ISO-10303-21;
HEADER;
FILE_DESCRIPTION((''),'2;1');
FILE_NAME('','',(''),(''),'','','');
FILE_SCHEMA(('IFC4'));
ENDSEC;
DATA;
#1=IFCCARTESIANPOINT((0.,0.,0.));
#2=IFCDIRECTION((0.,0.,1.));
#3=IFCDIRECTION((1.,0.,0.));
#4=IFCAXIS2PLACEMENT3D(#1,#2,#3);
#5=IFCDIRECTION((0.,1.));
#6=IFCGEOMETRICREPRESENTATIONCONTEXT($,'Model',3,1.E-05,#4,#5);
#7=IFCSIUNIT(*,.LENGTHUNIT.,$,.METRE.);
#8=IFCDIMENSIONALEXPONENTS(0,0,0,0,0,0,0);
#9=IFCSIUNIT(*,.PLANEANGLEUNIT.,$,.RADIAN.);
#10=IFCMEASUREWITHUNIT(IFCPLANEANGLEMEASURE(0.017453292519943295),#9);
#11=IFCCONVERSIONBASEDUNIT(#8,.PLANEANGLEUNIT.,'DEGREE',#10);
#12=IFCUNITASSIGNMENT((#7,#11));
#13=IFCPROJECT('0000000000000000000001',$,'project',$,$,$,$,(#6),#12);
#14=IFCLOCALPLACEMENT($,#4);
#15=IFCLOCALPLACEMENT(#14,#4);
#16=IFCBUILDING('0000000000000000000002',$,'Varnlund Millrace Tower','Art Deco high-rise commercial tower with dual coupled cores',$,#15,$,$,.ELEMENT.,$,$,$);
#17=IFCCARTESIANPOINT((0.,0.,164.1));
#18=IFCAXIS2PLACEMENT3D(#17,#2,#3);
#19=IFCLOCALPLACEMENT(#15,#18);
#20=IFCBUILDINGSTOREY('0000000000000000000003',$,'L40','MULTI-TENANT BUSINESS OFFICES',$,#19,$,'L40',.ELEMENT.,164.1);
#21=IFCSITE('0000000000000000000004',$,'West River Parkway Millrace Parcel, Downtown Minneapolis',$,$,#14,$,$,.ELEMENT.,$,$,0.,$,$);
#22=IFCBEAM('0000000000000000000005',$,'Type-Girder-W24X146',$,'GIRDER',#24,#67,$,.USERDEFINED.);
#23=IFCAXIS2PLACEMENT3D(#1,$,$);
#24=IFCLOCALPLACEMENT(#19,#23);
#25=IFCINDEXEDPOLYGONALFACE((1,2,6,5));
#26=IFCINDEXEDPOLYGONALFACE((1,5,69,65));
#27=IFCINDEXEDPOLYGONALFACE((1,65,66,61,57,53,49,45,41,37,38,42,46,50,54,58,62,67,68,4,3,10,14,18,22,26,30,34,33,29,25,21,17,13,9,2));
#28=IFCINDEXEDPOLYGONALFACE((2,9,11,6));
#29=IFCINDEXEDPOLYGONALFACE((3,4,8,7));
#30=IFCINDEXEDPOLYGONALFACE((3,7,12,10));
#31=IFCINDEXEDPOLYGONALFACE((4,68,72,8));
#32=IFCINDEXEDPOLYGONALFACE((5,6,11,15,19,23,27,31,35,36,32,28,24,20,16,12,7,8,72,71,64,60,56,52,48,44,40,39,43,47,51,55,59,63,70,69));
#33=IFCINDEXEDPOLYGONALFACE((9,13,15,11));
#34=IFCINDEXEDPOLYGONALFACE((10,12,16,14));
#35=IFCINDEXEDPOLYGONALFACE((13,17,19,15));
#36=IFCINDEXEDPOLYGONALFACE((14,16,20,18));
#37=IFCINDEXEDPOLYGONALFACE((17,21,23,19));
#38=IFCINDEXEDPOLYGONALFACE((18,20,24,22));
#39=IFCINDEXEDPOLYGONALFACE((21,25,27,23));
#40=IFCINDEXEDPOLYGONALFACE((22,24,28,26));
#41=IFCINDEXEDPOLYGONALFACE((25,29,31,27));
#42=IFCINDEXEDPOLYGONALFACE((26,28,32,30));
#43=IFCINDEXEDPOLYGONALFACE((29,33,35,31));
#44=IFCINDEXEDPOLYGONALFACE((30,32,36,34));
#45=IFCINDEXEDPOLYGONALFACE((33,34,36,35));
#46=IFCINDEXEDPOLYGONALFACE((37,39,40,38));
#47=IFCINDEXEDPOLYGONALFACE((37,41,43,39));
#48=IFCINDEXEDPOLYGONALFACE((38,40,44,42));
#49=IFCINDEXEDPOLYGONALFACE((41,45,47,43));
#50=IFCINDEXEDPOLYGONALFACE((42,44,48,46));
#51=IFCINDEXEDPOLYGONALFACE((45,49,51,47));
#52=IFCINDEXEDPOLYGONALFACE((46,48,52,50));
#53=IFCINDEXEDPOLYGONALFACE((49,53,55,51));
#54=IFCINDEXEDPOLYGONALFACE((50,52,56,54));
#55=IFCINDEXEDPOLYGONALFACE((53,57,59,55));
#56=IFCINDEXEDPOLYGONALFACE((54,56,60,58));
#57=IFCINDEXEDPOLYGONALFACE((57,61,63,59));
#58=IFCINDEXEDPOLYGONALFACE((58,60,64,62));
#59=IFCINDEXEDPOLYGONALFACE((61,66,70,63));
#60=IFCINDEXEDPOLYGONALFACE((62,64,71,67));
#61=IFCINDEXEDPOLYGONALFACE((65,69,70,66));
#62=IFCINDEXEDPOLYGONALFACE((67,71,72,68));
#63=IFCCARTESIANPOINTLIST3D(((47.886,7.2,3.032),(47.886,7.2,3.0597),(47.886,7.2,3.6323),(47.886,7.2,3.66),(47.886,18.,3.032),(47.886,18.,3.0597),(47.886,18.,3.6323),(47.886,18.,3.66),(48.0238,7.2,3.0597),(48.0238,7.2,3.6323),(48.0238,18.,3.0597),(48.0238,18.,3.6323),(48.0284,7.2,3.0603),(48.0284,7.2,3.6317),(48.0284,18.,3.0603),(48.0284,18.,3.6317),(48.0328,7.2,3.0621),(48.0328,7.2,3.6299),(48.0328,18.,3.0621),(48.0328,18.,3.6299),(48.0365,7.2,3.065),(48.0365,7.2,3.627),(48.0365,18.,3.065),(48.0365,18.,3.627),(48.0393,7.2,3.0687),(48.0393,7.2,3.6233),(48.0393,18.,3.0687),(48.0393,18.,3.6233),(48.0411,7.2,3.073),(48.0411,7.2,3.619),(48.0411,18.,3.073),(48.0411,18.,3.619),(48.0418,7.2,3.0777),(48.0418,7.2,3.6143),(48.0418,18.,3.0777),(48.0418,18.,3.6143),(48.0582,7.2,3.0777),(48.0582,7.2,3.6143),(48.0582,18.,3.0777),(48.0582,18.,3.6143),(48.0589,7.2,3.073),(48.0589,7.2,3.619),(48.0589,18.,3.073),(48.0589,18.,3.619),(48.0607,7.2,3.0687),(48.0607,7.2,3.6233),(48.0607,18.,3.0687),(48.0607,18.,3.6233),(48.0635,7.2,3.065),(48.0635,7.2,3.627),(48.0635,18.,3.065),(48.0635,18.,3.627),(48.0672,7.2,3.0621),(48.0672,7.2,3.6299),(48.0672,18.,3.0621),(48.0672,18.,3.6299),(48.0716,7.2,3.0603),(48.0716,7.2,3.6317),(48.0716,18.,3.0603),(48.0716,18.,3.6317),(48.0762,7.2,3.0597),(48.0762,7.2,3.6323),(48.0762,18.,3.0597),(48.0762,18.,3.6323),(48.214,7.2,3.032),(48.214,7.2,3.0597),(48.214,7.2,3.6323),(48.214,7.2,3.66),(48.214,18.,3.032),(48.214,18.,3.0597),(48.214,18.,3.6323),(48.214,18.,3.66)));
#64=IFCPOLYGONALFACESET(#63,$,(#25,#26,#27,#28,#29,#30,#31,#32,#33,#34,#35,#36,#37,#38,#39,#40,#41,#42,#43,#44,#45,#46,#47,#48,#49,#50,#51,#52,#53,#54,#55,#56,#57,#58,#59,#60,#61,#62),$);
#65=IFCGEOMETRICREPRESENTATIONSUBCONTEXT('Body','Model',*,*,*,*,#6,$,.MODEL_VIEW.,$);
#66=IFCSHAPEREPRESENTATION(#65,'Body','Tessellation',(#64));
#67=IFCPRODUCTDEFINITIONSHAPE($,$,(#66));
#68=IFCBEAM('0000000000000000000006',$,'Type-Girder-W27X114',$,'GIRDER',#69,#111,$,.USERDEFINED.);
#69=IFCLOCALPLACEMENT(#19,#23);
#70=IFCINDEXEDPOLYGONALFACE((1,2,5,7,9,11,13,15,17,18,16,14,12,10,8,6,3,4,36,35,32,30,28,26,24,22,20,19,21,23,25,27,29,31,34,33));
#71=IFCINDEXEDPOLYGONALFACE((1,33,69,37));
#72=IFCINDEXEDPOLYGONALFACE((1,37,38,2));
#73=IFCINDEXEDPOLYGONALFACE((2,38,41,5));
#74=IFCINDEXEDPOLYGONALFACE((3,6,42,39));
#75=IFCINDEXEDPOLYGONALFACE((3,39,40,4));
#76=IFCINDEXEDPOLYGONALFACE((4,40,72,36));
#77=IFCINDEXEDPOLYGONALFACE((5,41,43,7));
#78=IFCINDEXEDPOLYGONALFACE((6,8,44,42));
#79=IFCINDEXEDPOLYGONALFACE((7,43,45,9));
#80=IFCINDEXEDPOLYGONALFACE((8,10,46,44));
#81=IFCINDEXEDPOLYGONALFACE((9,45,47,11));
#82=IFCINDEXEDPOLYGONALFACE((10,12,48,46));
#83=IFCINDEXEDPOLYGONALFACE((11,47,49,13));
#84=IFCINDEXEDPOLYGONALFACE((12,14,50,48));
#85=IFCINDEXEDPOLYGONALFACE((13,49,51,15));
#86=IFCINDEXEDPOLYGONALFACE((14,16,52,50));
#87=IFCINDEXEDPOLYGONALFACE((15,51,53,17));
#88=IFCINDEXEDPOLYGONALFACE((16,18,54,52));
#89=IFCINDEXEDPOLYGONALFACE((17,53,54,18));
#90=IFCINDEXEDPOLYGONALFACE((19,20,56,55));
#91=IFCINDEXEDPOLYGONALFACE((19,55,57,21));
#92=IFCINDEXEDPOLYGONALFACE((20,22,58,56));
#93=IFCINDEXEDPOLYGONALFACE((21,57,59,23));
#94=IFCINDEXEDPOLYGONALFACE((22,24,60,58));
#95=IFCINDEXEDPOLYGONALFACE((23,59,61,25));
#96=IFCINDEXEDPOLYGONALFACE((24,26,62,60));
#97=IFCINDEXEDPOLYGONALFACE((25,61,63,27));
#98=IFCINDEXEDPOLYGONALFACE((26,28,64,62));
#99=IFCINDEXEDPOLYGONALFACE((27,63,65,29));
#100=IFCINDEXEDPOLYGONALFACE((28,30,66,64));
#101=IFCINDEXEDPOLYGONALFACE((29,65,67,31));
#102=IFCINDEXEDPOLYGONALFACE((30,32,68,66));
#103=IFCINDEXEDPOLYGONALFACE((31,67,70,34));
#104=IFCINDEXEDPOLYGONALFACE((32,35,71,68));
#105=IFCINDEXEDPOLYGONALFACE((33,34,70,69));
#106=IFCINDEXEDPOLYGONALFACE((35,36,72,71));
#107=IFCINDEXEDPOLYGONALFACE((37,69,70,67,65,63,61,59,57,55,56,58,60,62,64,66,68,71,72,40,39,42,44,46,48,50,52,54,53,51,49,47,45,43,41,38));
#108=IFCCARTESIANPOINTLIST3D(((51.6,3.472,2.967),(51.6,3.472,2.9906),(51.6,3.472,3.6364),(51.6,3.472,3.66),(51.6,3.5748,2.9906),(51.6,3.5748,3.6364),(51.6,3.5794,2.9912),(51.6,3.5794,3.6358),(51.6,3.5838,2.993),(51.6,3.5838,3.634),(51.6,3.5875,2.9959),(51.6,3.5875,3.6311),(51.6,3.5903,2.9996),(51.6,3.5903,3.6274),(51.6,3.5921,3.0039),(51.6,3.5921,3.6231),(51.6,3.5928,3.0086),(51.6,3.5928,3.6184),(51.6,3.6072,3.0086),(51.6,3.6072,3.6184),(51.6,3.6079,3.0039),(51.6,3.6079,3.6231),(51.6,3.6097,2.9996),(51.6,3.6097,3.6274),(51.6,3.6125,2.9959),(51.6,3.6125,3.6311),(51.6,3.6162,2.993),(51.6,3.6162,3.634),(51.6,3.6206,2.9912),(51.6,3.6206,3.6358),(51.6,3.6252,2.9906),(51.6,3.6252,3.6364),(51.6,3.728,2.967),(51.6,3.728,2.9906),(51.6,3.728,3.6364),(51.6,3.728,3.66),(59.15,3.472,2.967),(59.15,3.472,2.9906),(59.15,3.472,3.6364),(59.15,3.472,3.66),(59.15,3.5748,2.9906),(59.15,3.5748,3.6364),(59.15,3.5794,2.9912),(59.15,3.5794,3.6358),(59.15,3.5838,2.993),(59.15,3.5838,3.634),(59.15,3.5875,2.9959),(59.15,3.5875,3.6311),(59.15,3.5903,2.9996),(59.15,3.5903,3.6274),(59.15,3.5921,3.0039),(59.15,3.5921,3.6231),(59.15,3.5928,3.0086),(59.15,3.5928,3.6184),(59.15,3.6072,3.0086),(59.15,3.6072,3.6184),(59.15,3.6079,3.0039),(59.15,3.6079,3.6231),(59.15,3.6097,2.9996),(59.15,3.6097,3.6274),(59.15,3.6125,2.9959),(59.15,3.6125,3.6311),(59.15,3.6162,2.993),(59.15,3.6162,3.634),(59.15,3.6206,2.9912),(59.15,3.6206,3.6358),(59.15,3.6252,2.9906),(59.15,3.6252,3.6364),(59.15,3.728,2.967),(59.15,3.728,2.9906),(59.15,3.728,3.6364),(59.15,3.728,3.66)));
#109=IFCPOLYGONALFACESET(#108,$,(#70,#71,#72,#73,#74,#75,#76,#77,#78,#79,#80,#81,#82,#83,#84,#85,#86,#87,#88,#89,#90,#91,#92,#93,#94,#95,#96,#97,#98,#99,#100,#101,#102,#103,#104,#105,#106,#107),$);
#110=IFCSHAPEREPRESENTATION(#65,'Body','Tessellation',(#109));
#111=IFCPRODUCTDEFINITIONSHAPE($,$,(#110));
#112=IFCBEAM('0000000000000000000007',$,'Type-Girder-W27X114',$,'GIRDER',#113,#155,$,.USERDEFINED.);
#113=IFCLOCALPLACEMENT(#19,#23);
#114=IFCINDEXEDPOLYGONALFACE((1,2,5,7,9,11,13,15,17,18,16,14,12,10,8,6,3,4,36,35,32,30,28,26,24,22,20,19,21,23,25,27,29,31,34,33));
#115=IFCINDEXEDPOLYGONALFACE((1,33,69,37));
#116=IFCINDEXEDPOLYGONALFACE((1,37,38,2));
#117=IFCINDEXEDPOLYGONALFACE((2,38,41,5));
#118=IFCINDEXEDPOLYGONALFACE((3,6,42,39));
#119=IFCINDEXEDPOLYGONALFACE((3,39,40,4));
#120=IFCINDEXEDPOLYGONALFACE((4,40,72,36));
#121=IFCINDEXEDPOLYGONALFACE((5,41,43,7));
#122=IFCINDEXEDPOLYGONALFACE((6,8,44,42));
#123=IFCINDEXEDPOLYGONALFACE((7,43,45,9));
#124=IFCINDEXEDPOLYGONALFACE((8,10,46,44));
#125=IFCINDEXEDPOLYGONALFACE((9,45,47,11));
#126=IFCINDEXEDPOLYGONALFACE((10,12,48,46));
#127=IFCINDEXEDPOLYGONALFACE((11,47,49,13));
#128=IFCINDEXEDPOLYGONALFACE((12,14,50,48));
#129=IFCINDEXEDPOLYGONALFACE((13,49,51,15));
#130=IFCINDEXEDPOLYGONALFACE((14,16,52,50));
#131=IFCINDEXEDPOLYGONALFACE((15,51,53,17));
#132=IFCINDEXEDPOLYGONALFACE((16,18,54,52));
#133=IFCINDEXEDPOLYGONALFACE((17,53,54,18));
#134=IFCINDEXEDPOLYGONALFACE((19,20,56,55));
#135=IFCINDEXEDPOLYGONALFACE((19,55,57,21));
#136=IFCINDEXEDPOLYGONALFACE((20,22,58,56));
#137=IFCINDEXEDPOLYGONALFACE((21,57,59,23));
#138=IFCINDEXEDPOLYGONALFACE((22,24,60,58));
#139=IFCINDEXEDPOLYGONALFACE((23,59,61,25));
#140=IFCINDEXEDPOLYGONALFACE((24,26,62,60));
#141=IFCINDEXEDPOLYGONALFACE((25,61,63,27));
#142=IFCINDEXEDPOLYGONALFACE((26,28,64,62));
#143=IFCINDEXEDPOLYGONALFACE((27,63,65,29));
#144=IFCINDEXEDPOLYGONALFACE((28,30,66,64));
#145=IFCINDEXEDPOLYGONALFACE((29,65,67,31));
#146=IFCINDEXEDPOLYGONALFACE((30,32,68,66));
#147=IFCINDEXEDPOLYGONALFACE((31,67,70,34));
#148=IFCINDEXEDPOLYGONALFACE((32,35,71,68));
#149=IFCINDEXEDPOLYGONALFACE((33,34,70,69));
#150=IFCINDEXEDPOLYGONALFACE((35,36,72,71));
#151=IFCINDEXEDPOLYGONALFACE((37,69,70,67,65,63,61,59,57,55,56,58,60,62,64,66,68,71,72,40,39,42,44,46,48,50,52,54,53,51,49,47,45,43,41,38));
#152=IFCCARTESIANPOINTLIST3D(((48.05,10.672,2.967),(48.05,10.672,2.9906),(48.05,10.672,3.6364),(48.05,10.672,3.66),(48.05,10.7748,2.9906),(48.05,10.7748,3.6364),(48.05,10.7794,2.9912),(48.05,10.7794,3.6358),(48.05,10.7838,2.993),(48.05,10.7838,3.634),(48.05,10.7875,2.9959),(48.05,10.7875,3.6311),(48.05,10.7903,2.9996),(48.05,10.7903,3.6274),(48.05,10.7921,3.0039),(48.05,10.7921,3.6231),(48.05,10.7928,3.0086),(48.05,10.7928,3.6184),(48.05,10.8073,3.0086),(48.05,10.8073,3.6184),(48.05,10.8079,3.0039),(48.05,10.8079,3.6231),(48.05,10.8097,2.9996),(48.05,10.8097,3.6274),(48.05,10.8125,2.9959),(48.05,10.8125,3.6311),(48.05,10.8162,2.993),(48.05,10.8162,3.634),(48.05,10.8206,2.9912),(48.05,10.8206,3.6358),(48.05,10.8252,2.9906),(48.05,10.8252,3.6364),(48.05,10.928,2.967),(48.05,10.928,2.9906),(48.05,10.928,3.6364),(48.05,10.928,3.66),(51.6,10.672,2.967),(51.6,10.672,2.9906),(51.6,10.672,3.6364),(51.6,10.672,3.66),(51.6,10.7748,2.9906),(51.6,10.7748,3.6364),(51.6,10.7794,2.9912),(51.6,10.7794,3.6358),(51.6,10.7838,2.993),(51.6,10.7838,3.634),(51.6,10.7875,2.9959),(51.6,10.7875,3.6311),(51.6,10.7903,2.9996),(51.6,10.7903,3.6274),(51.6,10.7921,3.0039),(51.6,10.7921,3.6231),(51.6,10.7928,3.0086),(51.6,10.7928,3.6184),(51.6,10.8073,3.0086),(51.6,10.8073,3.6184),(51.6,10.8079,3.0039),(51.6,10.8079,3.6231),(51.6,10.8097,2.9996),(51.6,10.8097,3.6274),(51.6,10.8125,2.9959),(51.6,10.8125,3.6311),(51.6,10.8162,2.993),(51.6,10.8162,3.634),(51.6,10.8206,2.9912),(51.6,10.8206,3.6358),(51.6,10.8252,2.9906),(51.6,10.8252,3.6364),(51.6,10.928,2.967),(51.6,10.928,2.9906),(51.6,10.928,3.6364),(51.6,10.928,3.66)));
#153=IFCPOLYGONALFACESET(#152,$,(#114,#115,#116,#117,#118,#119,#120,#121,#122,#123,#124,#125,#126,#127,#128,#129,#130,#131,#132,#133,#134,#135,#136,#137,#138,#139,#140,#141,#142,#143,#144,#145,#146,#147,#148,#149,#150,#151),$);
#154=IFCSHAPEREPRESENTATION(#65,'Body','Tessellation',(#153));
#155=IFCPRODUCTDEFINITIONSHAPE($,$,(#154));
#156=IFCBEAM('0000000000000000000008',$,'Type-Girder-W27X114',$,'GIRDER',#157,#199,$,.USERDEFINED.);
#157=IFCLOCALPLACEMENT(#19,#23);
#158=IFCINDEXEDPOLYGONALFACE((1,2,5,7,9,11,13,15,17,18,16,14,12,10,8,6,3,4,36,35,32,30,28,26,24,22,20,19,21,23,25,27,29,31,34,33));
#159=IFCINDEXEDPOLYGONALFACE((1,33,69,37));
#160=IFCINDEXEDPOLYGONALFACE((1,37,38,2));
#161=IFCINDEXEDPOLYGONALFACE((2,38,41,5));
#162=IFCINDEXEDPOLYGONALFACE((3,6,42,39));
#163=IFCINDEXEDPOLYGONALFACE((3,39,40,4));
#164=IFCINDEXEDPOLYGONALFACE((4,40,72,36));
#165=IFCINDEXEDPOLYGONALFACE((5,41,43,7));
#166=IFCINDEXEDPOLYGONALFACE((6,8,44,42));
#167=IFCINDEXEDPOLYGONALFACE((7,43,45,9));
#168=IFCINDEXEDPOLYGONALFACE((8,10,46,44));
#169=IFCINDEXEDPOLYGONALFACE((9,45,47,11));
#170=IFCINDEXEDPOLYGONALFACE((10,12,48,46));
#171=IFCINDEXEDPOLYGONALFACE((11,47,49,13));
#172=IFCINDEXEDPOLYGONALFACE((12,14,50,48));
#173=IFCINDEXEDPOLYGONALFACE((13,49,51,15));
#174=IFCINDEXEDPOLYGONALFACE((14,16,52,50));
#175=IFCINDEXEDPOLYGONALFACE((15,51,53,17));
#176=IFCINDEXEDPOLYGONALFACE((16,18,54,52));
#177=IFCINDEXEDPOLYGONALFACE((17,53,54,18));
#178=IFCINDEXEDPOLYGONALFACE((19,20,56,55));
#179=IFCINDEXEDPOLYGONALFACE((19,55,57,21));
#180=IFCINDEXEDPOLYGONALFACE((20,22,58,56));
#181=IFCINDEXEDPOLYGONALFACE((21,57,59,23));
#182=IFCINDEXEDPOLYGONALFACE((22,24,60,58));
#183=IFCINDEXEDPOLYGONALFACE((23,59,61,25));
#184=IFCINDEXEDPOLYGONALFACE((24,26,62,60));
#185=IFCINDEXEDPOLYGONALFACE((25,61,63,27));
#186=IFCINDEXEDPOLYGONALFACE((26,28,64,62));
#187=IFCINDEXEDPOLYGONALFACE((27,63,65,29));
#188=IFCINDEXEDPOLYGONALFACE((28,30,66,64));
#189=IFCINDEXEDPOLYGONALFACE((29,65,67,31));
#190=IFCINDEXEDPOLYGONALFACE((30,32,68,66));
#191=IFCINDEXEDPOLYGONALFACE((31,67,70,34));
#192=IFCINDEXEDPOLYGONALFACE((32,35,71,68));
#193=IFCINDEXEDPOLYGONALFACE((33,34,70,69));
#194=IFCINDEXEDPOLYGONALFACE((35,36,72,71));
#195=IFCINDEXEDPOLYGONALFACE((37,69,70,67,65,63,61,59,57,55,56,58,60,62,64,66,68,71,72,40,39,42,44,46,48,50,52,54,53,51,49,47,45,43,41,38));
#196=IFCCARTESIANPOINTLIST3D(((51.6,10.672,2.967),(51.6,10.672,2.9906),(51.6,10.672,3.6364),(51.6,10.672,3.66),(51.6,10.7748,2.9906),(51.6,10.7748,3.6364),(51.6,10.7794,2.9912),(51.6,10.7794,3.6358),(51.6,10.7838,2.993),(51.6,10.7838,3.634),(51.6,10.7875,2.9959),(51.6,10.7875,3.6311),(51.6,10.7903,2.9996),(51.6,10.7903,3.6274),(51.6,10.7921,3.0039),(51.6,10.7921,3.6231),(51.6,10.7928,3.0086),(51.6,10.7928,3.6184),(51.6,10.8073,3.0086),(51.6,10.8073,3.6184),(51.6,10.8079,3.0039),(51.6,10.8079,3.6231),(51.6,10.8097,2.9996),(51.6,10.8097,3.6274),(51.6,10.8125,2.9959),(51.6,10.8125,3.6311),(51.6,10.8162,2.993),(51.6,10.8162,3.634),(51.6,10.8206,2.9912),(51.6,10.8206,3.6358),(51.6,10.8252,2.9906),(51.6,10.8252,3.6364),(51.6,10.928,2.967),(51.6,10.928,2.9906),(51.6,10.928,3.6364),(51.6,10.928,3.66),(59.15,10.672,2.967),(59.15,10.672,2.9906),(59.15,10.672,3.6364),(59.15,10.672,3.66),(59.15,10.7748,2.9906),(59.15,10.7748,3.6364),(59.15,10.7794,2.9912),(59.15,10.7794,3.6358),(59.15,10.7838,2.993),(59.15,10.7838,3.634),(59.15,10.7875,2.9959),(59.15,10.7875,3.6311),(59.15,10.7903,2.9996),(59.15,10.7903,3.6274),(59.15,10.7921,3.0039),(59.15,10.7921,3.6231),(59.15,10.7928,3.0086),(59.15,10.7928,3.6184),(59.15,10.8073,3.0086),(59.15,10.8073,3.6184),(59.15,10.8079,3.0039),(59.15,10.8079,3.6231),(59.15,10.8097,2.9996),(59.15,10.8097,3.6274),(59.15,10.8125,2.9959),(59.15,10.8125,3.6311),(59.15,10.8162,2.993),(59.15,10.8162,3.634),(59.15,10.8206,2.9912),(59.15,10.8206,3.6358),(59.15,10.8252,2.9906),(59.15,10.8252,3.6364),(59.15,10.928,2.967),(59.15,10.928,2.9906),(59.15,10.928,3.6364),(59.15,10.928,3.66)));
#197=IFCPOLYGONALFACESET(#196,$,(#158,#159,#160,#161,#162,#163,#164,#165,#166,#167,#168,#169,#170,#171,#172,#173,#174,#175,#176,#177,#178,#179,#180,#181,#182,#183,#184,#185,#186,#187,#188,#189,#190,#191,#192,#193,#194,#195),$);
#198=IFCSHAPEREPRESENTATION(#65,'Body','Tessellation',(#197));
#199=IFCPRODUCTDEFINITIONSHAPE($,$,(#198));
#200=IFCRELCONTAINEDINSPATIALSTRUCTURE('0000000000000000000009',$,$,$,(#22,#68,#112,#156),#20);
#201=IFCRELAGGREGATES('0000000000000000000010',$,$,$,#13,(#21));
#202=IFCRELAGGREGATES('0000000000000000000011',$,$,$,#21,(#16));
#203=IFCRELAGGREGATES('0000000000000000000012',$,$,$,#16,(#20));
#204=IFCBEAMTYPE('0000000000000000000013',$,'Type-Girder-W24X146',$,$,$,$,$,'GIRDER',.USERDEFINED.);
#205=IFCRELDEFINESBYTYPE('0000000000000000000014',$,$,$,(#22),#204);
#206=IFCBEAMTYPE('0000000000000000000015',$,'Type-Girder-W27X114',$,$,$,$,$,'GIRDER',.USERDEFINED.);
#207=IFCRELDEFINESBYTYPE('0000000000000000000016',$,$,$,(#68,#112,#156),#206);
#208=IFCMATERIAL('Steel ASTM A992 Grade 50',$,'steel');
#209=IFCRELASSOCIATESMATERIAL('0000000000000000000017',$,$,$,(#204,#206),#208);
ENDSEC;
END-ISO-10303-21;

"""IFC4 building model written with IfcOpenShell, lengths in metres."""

from ifc_helpers import new_model, entity, si_unit, converted_unit, direction, frame, origin_with_axes, origin_2d_with_axis, place, context, subcontext, project, spatial, i_section, extrude, material, material_profile, profile_set, type_object, element, save


model = new_model("IFC4")

# Units and contexts
model_context = context("Model", 3, precision=1e-05, world=origin_with_axes(), true_north=direction((0.0, 1.0)))
body_context = subcontext(model_context, "Body", "Model", "MODEL_VIEW")
ifc_project = project(units=[si_unit("LENGTHUNIT", "METRE"), converted_unit("PLANEANGLEUNIT", "DEGREE", entity("IfcPlaneAngleMeasure", 0.017453292519943295), si_unit("PLANEANGLEUNIT", "RADIAN"), dimensions=[0, 0, 0, 0, 0, 0, 0])], contexts=[model_context])

# Site, building, storey
site_placement = place(None, origin_with_axes())
site = spatial("IfcSite", under=ifc_project, at=site_placement, Name="West River Parkway Millrace Parcel, Downtown Minneapolis", CompositionType="ELEMENT", RefElevation=0.0)
building_placement = place(site_placement, origin_with_axes())
building = spatial("IfcBuilding", under=site, at=building_placement, Name="Varnlund Millrace Tower", Description="Art Deco high-rise commercial tower with dual coupled cores", CompositionType="ELEMENT")
storey_placement = place(building_placement, frame((0.0, 0.0, 164.1), z_axis=(0.0, 0.0, 1.0), x_axis=(1.0, 0.0, 0.0)))
storey = spatial("IfcBuildingStorey", under=building, at=storey_placement, Name="L40", Description="MULTI-TENANT BUSINESS OFFICES", LongName="L40", CompositionType="ELEMENT", Elevation=164.1)

# Beams
ifc_material_1 = material(Name="Steel ASTM A992 Grade 50", Category="steel")
ifc_material_profile_1 = material_profile(ifc_material_1, i_section(OverallWidth=0.328, OverallDepth=0.628, WebThickness=0.0165, FlangeThickness=0.0277, FilletRadius=0.018, at=origin_2d_with_axis()), Name="Steel ASTM A992 Grade 50")
ifc_profile_set_1 = profile_set([ifc_material_profile_1], Name="Steel ASTM A992 Grade 50")
beam_type_1 = type_object("IfcBeamType", Name="Type-Girder-W24X146", ElementType="GIRDER", PredefinedType="USERDEFINED", material=ifc_profile_set_1)
beam_1_placement = place(storey_placement, frame((48.05, 7.2, 3.346), z_axis=(0.0, 1.0, 0.0), x_axis=(-1.0, 0.0, 0.0)))
element("IfcBeam", 1, at=beam_1_placement, inside=storey, type_object=beam_type_1, Name="Type-Girder-W24X146", ObjectType="GIRDER", PredefinedType="USERDEFINED", context=body_context, shape_type="SweptSolid", body=[
    extrude(i_section(OverallWidth=0.328, OverallDepth=0.628, WebThickness=0.0165, FlangeThickness=0.0277, FilletRadius=0.018, at=origin_2d_with_axis()), origin_with_axes(), (0.0, 0.0, 1.0), 10.8),
])
ifc_material_profile_2 = material_profile(ifc_material_1, i_section(OverallWidth=0.256, OverallDepth=0.693, WebThickness=0.0145, FlangeThickness=0.0236, FilletRadius=0.018, at=origin_2d_with_axis()), Name="Steel ASTM A992 Grade 50")
ifc_profile_set_2 = profile_set([ifc_material_profile_2], Name="Steel ASTM A992 Grade 50")
beam_type_2 = type_object("IfcBeamType", Name="Type-Girder-W27X114", ElementType="GIRDER", PredefinedType="USERDEFINED", material=ifc_profile_set_2)
beam_2_placement = place(storey_placement, frame((51.6, 3.6, 3.3135), z_axis=(1.0, 0.0, 0.0), x_axis=(0.0, 1.0, 0.0)))
element("IfcBeam", 2, at=beam_2_placement, inside=storey, type_object=beam_type_2, Name="Type-Girder-W27X114", ObjectType="GIRDER", PredefinedType="USERDEFINED", context=body_context, shape_type="SweptSolid", body=[
    extrude(i_section(OverallWidth=0.256, OverallDepth=0.693, WebThickness=0.0145, FlangeThickness=0.0236, FilletRadius=0.018, at=origin_2d_with_axis()), origin_with_axes(), (0.0, 0.0, 1.0), 7.55),
])
beam_3_placement = place(storey_placement, frame((48.05, 10.8, 3.3135), z_axis=(1.0, 0.0, 0.0), x_axis=(0.0, 1.0, 0.0)))
element("IfcBeam", 3, at=beam_3_placement, inside=storey, type_object=beam_type_2, Name="Type-Girder-W27X114", ObjectType="GIRDER", PredefinedType="USERDEFINED", context=body_context, shape_type="SweptSolid", body=[
    extrude(i_section(OverallWidth=0.256, OverallDepth=0.693, WebThickness=0.0145, FlangeThickness=0.0236, FilletRadius=0.018, at=origin_2d_with_axis()), origin_with_axes(), (0.0, 0.0, 1.0), 3.55),
])
beam_4_placement = place(storey_placement, frame((51.6, 10.8, 3.3135), z_axis=(1.0, 0.0, 0.0), x_axis=(0.0, 1.0, 0.0)))
element("IfcBeam", 4, at=beam_4_placement, inside=storey, type_object=beam_type_2, Name="Type-Girder-W27X114", ObjectType="GIRDER", PredefinedType="USERDEFINED", context=body_context, shape_type="SweptSolid", body=[
    extrude(i_section(OverallWidth=0.256, OverallDepth=0.693, WebThickness=0.0145, FlangeThickness=0.0236, FilletRadius=0.018, at=origin_2d_with_axis()), origin_with_axes(), (0.0, 0.0, 1.0), 7.55),
])

save(model, "model.ifc")
